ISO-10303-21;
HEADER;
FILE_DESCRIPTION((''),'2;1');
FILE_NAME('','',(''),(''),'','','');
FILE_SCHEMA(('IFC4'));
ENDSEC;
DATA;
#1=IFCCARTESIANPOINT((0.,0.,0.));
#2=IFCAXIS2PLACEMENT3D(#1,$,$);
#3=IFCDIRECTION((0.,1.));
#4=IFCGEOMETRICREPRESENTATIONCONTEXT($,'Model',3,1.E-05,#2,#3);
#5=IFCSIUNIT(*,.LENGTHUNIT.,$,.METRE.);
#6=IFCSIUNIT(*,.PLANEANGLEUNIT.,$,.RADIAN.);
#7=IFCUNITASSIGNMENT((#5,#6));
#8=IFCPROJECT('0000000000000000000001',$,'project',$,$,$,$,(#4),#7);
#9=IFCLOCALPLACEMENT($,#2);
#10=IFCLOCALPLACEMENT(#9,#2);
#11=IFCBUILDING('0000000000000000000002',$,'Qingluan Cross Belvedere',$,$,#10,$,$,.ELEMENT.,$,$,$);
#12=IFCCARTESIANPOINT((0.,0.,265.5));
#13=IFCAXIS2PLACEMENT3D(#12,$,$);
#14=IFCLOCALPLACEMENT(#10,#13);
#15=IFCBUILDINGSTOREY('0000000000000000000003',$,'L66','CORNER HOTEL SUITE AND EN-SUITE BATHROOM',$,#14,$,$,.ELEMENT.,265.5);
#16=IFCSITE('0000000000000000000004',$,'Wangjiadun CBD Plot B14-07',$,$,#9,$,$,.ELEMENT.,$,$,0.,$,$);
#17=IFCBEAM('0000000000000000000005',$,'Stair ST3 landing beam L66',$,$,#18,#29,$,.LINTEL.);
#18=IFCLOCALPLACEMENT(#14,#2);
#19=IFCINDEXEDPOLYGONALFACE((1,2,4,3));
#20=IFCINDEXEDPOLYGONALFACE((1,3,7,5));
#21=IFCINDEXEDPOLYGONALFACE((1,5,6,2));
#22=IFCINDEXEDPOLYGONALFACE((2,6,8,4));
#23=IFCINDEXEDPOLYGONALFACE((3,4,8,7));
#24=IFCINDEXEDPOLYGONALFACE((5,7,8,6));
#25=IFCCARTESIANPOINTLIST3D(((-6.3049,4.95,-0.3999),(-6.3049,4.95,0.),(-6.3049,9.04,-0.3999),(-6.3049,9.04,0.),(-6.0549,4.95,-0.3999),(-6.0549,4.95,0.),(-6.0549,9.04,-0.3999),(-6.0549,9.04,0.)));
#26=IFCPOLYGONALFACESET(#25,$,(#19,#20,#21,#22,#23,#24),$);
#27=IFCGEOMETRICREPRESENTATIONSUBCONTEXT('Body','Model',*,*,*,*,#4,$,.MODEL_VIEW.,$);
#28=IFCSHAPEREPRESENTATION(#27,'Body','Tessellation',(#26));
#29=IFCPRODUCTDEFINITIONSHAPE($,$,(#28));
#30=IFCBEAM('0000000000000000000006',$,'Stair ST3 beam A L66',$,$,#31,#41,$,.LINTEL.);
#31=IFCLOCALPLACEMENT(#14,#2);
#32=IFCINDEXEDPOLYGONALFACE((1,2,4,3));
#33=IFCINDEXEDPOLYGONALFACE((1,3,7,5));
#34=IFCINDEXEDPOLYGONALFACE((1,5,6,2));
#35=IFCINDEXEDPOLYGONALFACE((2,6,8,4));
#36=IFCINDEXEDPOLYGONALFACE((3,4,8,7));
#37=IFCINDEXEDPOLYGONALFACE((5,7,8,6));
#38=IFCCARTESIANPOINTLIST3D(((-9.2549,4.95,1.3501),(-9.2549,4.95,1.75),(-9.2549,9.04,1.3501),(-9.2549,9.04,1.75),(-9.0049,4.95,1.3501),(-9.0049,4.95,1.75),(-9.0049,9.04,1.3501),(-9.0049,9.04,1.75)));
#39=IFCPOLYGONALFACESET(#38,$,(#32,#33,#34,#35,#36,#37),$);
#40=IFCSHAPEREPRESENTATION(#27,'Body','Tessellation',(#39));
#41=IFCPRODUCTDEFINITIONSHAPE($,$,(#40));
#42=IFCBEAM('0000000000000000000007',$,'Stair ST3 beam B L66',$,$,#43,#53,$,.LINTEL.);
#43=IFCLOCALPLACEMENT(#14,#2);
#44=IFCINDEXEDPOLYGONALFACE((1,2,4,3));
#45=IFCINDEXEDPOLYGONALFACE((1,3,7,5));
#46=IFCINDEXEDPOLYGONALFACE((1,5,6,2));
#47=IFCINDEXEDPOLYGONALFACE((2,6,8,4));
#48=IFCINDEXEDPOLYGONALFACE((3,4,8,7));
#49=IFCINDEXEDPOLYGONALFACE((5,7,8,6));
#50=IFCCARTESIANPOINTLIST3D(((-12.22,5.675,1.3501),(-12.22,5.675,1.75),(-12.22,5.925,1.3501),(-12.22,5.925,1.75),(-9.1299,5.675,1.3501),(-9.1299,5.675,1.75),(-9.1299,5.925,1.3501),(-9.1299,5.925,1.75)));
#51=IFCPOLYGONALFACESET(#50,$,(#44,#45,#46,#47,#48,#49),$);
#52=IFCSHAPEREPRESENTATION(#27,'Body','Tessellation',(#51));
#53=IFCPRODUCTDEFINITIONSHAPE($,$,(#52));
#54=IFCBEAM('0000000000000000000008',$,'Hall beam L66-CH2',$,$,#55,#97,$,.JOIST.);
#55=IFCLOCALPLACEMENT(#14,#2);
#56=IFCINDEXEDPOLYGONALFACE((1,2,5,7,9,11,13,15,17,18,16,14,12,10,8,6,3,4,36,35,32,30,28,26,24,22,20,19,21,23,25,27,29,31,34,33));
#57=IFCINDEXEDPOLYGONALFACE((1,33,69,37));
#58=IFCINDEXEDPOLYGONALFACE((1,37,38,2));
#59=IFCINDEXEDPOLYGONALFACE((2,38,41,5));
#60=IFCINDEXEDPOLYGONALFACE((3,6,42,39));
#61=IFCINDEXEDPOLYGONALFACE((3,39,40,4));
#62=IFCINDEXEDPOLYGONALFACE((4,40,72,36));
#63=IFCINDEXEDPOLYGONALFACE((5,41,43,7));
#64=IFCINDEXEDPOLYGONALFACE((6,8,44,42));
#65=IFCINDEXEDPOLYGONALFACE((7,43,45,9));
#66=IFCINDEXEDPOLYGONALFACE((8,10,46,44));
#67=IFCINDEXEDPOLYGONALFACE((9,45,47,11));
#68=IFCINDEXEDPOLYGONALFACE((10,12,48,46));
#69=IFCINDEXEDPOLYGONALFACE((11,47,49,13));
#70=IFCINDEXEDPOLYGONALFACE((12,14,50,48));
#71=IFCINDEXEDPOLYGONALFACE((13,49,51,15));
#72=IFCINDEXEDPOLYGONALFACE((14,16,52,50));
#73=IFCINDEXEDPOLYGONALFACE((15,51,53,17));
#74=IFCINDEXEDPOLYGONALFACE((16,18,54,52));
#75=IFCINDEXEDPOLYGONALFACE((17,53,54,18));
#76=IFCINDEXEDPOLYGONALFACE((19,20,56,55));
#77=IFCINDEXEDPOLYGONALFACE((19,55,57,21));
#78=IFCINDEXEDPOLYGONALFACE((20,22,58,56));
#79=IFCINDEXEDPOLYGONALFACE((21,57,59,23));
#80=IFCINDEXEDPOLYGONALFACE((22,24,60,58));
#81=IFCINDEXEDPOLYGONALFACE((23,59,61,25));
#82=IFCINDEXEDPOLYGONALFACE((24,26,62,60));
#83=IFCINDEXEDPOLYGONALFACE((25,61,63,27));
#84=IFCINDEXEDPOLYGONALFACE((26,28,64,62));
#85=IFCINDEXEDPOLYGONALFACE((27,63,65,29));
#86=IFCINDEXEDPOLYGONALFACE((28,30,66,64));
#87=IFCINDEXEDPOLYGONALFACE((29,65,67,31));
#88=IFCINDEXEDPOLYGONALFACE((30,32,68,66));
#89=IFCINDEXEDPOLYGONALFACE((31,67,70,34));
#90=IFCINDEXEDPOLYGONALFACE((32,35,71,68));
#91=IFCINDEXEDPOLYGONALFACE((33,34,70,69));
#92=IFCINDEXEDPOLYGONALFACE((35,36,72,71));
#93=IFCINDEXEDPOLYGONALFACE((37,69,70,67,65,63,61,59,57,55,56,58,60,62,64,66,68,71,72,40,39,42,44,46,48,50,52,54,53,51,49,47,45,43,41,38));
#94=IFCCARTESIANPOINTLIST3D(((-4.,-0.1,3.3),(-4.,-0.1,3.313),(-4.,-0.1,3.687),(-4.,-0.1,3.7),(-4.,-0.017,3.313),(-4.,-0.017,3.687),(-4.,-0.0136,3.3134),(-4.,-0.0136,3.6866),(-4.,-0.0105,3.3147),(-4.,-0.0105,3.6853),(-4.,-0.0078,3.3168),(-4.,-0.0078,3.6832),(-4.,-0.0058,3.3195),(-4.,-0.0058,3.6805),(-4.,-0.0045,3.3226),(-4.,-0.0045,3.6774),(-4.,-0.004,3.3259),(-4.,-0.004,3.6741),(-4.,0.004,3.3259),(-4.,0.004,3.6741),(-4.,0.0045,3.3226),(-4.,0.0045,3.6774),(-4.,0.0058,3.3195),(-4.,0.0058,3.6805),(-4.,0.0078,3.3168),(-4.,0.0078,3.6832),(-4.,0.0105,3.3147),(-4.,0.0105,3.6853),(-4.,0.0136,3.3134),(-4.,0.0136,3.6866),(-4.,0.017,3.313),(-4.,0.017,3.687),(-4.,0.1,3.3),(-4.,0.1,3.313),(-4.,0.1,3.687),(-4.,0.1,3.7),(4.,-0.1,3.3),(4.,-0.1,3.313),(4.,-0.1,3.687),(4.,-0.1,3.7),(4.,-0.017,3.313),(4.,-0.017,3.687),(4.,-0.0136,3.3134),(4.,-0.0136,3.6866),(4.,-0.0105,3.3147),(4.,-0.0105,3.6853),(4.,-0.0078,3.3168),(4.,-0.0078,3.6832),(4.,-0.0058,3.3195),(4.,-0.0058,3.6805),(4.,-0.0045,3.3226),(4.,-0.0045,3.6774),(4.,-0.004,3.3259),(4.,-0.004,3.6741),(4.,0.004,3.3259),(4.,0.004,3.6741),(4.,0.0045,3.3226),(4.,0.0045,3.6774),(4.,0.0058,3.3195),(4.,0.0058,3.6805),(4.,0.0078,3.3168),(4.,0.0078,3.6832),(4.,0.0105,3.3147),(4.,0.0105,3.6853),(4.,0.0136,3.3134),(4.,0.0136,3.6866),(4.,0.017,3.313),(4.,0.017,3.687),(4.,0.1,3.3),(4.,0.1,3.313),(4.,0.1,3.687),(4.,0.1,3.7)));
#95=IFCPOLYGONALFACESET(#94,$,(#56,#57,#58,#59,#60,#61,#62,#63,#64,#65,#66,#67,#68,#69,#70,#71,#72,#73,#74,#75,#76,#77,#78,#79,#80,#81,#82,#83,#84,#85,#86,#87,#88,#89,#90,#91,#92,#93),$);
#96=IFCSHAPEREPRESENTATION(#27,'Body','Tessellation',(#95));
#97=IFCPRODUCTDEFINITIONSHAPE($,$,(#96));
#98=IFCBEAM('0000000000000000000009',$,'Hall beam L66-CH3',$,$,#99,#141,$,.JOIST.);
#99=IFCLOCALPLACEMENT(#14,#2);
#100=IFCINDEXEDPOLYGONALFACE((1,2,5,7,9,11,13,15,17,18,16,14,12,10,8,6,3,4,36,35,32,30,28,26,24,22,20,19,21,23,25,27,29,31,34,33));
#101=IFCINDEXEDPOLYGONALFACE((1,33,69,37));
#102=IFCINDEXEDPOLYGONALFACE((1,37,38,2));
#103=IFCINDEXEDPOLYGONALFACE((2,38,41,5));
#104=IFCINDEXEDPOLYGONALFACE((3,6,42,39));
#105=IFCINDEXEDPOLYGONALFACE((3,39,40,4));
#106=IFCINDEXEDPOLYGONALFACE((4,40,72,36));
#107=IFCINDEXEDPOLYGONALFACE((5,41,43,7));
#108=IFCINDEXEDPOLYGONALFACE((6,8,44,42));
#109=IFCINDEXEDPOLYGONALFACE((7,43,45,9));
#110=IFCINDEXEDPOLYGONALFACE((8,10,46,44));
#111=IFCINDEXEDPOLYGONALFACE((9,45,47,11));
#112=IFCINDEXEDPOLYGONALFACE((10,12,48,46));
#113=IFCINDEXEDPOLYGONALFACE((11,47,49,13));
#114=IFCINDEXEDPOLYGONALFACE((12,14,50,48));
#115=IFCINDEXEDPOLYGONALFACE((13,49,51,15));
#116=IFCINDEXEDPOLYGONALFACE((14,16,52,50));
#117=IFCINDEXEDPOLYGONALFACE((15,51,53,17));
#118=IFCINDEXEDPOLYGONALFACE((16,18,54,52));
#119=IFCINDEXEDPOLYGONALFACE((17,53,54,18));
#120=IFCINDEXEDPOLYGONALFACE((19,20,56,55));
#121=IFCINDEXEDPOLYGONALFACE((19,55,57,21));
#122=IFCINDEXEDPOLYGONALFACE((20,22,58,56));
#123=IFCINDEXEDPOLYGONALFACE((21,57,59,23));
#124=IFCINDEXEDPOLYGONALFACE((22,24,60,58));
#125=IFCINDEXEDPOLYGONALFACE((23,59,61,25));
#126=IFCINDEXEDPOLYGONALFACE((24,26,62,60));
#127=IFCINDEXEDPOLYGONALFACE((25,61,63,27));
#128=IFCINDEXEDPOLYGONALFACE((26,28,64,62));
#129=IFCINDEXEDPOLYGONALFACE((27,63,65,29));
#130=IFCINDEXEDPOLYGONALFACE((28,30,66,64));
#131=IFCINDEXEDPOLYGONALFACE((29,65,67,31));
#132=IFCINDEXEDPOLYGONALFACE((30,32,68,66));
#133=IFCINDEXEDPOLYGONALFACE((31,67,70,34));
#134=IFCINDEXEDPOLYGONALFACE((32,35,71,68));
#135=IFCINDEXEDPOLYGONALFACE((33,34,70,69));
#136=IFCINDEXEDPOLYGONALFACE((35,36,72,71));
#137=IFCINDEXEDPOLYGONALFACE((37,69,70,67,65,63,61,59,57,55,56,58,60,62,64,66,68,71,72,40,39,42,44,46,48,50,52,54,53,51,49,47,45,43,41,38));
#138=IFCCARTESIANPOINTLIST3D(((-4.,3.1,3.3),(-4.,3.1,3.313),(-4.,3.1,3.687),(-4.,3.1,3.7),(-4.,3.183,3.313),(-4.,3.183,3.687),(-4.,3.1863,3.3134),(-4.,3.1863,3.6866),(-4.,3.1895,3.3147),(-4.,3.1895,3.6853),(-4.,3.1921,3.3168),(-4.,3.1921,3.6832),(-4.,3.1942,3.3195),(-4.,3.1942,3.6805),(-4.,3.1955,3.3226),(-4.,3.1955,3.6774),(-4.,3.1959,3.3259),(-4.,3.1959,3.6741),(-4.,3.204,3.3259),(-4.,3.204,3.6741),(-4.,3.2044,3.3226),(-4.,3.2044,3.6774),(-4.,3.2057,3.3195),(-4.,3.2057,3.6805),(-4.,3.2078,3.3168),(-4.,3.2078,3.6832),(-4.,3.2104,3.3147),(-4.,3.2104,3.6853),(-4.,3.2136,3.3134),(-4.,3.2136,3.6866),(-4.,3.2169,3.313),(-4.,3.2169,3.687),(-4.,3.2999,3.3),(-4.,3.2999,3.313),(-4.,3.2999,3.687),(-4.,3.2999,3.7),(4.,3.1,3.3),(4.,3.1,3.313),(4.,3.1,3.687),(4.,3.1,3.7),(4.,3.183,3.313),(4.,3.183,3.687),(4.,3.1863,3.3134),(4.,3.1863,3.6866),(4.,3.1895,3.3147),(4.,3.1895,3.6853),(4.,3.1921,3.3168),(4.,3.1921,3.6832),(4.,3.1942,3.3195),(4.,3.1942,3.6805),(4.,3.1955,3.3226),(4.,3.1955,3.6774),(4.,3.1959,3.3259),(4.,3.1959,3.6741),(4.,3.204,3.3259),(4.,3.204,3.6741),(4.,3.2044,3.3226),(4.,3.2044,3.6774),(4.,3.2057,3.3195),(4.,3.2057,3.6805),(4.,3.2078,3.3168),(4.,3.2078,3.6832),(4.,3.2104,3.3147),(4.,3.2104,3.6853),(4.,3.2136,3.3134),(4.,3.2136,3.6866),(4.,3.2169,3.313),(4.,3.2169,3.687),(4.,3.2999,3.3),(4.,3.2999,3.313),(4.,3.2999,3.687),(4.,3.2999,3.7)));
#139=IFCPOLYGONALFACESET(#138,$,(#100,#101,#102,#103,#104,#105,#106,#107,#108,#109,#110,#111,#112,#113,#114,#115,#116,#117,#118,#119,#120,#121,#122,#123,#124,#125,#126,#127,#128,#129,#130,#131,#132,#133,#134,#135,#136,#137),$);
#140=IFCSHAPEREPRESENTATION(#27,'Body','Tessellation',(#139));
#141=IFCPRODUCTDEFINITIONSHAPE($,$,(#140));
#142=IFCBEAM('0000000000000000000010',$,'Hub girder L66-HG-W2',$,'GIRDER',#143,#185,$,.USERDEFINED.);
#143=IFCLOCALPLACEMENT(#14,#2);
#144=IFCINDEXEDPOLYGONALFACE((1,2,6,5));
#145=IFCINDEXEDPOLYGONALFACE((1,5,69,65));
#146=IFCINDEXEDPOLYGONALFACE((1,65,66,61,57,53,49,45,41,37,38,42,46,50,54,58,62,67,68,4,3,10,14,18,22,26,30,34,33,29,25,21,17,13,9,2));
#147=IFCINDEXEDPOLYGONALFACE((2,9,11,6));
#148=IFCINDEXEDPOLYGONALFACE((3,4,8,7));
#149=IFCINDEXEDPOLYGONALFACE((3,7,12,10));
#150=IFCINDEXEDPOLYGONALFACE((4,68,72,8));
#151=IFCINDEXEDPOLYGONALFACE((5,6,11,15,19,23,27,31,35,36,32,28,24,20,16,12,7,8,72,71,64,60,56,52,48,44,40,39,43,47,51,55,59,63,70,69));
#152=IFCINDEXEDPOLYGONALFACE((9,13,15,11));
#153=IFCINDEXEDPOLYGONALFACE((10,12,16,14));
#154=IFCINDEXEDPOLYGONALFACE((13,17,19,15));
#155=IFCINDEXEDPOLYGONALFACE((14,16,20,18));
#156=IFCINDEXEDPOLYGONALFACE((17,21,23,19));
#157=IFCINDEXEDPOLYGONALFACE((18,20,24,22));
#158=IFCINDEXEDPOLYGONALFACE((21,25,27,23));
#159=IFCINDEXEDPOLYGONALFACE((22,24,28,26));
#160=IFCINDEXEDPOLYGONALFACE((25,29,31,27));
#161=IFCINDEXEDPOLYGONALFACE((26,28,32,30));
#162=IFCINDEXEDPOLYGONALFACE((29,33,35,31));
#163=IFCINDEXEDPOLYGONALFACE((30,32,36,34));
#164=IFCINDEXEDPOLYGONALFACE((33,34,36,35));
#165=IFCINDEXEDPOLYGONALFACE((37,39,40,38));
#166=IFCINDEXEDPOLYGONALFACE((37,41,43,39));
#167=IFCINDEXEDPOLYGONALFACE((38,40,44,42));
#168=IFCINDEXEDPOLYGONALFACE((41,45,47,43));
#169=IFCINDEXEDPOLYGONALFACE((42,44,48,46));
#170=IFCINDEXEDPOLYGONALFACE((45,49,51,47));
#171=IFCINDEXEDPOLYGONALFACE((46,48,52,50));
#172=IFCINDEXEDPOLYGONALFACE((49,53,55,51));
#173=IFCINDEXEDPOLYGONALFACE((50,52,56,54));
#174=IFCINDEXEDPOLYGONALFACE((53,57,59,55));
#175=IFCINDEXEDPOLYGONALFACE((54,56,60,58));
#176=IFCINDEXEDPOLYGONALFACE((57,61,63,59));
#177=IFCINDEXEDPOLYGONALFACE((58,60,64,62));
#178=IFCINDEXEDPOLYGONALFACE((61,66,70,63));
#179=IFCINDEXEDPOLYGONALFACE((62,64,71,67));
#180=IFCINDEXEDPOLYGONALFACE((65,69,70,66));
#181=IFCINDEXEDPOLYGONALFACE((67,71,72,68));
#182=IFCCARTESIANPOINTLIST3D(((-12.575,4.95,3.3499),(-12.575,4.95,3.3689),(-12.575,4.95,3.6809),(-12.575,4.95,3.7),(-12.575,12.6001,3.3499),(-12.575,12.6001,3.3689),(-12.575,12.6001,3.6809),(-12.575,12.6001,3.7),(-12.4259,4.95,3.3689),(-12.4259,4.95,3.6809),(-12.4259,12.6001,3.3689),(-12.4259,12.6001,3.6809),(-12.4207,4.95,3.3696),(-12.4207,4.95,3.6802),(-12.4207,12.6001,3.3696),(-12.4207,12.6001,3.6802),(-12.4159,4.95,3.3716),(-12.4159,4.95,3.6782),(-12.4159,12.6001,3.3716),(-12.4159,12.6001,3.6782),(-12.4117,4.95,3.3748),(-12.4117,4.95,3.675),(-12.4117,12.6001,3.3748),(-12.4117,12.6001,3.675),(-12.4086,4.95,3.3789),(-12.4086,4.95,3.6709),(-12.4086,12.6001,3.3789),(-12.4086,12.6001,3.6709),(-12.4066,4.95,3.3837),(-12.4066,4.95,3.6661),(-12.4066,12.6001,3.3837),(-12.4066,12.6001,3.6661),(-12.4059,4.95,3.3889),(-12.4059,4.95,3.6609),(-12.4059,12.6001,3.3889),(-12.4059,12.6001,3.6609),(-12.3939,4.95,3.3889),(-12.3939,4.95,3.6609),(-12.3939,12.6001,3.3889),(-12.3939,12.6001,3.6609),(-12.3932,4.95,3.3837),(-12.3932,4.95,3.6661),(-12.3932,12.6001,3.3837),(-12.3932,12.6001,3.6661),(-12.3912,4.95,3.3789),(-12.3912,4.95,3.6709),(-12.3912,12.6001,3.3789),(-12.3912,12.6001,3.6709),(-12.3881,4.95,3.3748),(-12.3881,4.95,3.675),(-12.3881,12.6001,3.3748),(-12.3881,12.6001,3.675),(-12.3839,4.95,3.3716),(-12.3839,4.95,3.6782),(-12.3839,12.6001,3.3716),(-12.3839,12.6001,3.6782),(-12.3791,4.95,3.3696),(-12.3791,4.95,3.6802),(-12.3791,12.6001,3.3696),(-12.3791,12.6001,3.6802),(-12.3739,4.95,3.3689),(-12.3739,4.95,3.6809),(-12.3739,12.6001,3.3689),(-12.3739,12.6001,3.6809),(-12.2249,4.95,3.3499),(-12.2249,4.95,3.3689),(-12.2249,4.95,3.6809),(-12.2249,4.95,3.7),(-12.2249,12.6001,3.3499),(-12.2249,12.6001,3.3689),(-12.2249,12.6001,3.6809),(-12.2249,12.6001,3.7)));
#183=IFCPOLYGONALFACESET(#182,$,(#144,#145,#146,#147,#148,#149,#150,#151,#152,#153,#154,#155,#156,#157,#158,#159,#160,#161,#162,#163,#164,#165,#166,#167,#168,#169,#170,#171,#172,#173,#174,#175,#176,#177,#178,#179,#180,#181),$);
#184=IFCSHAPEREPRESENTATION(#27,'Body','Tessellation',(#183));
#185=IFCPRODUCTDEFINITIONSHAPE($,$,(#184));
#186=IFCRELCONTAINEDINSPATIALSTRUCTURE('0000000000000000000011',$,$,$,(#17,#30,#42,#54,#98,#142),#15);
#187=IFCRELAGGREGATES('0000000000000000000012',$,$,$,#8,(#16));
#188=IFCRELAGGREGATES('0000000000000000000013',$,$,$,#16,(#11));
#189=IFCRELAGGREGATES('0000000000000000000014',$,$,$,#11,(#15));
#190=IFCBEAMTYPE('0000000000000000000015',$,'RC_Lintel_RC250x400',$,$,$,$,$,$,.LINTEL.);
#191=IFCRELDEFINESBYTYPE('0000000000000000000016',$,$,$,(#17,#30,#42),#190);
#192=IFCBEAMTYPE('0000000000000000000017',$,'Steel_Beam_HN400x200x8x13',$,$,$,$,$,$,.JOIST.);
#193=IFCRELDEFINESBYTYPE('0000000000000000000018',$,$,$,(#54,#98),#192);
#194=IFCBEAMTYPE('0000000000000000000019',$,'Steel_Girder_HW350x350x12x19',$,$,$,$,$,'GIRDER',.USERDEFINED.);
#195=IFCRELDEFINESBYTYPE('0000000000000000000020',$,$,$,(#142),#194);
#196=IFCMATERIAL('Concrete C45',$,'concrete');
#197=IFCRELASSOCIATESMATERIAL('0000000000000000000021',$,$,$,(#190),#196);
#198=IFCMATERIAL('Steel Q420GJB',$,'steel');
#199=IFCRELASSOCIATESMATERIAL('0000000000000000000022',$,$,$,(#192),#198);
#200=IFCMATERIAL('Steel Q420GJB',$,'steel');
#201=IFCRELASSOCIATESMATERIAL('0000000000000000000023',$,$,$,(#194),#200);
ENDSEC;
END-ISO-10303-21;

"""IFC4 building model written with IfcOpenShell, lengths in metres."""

from ifc_helpers import new_model, si_unit, direction, frame, origin, origin_2d, place, context, subcontext, project, spatial, rectangle, i_section, extrude, material, material_profile, profile_set, type_object, element, save


model = new_model("IFC4")

# Units and contexts
model_context = context("Model", 3, precision=1e-05, world=origin(), true_north=direction((0.0, 1.0)))
body_context = subcontext(model_context, "Body", "Model", "MODEL_VIEW")
ifc_project = project(units=[si_unit("LENGTHUNIT", "METRE"), si_unit("PLANEANGLEUNIT", "RADIAN")], contexts=[model_context])

# Site, building, storey
site_placement = place(None, origin())
site = spatial("IfcSite", under=ifc_project, at=site_placement, Name="Wangjiadun CBD Plot B14-07", CompositionType="ELEMENT", RefElevation=0.0)
building_placement = place(site_placement, origin())
building = spatial("IfcBuilding", under=site, at=building_placement, Name="Qingluan Cross Belvedere", CompositionType="ELEMENT")
storey_placement = place(building_placement, frame((0.0, 0.0, 265.5)))
storey = spatial("IfcBuildingStorey", under=building, at=storey_placement, Name="L66", Description="CORNER HOTEL SUITE AND EN-SUITE BATHROOM", CompositionType="ELEMENT", Elevation=265.5)

# Beams
ifc_material_1 = material(Name="Concrete C45", Category="concrete")
ifc_material_profile_1 = material_profile(ifc_material_1, rectangle(XDim=0.25, YDim=0.3999, at=origin_2d()), Name="RC250x400")
ifc_profile_set_1 = profile_set([ifc_material_profile_1], Name="Concrete C45")
beam_type_1 = type_object("IfcBeamType", Name="RC_Lintel_RC250x400", PredefinedType="LINTEL", material=ifc_profile_set_1)
for number, where, z_axis, x_axis, name in (
    (1, (-6.1799, 4.95, -0.2), (0.0, 1.0, 0.0), (-1.0, 0.0, 0.0), "Stair ST3 landing beam L66"),
    (2, (-9.1299, 4.95, 1.55), (0.0, 1.0, 0.0), (-1.0, 0.0, 0.0), "Stair ST3 beam A L66"),
):
    element("IfcBeam", number, at=place(storey_placement, frame(where, z_axis=z_axis, x_axis=x_axis)), inside=storey, type_object=beam_type_1, Name=name, PredefinedType="LINTEL", context=body_context, shape_type="SweptSolid", body=[
        extrude(rectangle(XDim=0.25, YDim=0.3999, at=origin_2d()), origin(), (0.0, 0.0, 1.0), 4.0901),
    ])
beam_1_placement = place(storey_placement, frame((-12.22, 5.8, 1.55), z_axis=(1.0, 0.0, 0.0), x_axis=(0.0, 1.0, 0.0)))
element("IfcBeam", 3, at=beam_1_placement, inside=storey, type_object=beam_type_1, Name="Stair ST3 beam B L66", PredefinedType="LINTEL", context=body_context, shape_type="SweptSolid", body=[
    extrude(rectangle(XDim=0.25, YDim=0.3999, at=origin_2d()), origin(), (0.0, 0.0, 1.0), 3.0901),
])
ifc_material_2 = material(Name="Steel Q420GJB", Category="steel")
ifc_material_profile_2 = material_profile(ifc_material_2, i_section(OverallWidth=0.2, OverallDepth=0.3999, WebThickness=0.0081, FlangeThickness=0.0129, FilletRadius=0.0129, at=origin_2d()), Name="HN400x200x8x13")
ifc_profile_set_2 = profile_set([ifc_material_profile_2], Name="Steel Q420GJB")
beam_type_2 = type_object("IfcBeamType", Name="Steel_Beam_HN400x200x8x13", PredefinedType="JOIST", material=ifc_profile_set_2)
for number, where, z_axis, x_axis, name in (
    (4, (-4.0, 0.0, 3.5), (1.0, 0.0, 0.0), (0.0, 1.0, 0.0), "Hall beam L66-CH2"),
    (5, (-4.0, 3.2, 3.5), (1.0, 0.0, 0.0), (0.0, 1.0, 0.0), "Hall beam L66-CH3"),
):
    element("IfcBeam", number, at=place(storey_placement, frame(where, z_axis=z_axis, x_axis=x_axis)), inside=storey, type_object=beam_type_2, Name=name, PredefinedType="JOIST", context=body_context, shape_type="SweptSolid", body=[
        extrude(i_section(OverallWidth=0.2, OverallDepth=0.3999, WebThickness=0.0081, FlangeThickness=0.0129, FilletRadius=0.0129, at=origin_2d()), origin(), (0.0, 0.0, 1.0), 8.0),
    ])
ifc_material_3 = material(Name="Steel Q420GJB", Category="steel")
ifc_material_profile_3 = material_profile(ifc_material_3, i_section(OverallWidth=0.3501, OverallDepth=0.3501, WebThickness=0.012, FlangeThickness=0.019, FilletRadius=0.02, at=origin_2d()), Name="HW350x350x12x19")
ifc_profile_set_3 = profile_set([ifc_material_profile_3], Name="Steel Q420GJB")
beam_type_3 = type_object("IfcBeamType", Name="Steel_Girder_HW350x350x12x19", ElementType="GIRDER", PredefinedType="USERDEFINED", material=ifc_profile_set_3)
beam_2_placement = place(storey_placement, frame((-12.3999, 4.95, 3.5249), z_axis=(0.0, 1.0, 0.0), x_axis=(-1.0, 0.0, 0.0)))
element("IfcBeam", 6, at=beam_2_placement, inside=storey, type_object=beam_type_3, Name="Hub girder L66-HG-W2", ObjectType="GIRDER", PredefinedType="USERDEFINED", context=body_context, shape_type="SweptSolid", body=[
    extrude(i_section(OverallWidth=0.3501, OverallDepth=0.3501, WebThickness=0.012, FlangeThickness=0.019, FilletRadius=0.02, at=origin_2d()), origin(), (0.0, 0.0, 1.0), 7.6501),
])

save(model, "model.ifc")
